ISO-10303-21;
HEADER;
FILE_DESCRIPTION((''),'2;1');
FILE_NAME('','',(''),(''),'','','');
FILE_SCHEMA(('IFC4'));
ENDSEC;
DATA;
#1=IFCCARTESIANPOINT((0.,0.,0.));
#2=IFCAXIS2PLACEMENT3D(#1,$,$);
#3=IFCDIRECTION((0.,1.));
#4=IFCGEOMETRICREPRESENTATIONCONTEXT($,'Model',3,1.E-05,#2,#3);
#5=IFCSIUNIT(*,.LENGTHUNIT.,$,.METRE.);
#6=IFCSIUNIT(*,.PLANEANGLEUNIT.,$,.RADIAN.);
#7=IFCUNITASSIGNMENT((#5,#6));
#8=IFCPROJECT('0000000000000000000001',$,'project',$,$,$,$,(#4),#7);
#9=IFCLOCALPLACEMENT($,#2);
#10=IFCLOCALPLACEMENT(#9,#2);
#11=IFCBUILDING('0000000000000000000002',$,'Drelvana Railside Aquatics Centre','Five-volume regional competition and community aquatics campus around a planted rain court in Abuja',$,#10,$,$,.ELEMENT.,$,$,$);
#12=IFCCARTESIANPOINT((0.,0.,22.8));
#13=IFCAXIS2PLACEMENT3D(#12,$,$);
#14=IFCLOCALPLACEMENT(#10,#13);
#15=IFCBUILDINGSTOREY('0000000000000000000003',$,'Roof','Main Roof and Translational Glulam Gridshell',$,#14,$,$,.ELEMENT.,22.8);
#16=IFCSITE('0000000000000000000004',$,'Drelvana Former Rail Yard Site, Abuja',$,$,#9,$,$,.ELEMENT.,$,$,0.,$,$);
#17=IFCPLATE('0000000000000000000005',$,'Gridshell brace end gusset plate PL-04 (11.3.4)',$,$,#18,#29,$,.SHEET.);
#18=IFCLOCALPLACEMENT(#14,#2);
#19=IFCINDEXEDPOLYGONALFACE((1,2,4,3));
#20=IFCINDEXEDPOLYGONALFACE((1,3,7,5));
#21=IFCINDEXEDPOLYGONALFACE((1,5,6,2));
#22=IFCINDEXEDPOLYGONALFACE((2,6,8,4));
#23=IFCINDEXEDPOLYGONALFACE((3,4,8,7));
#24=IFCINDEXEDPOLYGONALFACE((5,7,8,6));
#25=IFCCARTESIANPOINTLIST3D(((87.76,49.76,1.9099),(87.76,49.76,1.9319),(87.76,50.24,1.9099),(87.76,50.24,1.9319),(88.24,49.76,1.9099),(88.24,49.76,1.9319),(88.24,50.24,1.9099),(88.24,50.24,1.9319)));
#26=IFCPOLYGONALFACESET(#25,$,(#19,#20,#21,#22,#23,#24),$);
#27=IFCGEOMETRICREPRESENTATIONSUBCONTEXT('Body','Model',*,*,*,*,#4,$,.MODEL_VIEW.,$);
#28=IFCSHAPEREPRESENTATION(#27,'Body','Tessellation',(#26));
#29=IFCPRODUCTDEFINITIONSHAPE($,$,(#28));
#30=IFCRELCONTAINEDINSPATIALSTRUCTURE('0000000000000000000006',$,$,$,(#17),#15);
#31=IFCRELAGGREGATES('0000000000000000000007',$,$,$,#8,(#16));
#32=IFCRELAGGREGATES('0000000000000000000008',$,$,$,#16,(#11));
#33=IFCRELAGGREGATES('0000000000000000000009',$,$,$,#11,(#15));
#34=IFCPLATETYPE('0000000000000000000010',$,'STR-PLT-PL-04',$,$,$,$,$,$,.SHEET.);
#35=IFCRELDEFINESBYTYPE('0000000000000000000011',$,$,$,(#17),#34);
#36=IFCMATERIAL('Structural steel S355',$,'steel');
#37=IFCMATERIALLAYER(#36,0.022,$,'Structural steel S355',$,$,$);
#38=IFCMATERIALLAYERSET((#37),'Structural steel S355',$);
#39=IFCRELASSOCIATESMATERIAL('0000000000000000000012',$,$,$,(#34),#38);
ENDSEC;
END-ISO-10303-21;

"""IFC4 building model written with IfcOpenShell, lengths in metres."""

from ifc_helpers import new_model, si_unit, direction, frame, origin, origin_2d, place, context, subcontext, project, spatial, rectangle, extrude, material, layer, layer_set, type_object, element, save


model = new_model("IFC4")

# Units and contexts
model_context = context("Model", 3, precision=1e-05, world=origin(), true_north=direction((0.0, 1.0)))
body_context = subcontext(model_context, "Body", "Model", "MODEL_VIEW")
ifc_project = project(units=[si_unit("LENGTHUNIT", "METRE"), si_unit("PLANEANGLEUNIT", "RADIAN")], contexts=[model_context])

# Site, building, storey
site_placement = place(None, origin())
site = spatial("IfcSite", under=ifc_project, at=site_placement, Name="Drelvana Former Rail Yard Site, Abuja", CompositionType="ELEMENT", RefElevation=0.0)
building_placement = place(site_placement, origin())
building = spatial("IfcBuilding", under=site, at=building_placement, Name="Drelvana Railside Aquatics Centre", Description="Five-volume regional competition and community aquatics campus around a planted rain court in Abuja", CompositionType="ELEMENT")
storey_placement = place(building_placement, frame((0.0, 0.0, 22.8)))
storey = spatial("IfcBuildingStorey", under=building, at=storey_placement, Name="Roof", Description="Main Roof and Translational Glulam Gridshell", CompositionType="ELEMENT", Elevation=22.8)

# Shared definitions
ifc_material_1 = material(Name="Structural steel S355", Category="steel")

# Plate
ifc_layer_1 = layer(ifc_material_1, 0.022, Name="Structural steel S355")
ifc_layer_set_1 = layer_set([ifc_layer_1], Name="Structural steel S355")
plate_type_1 = type_object("IfcPlateType", Name="STR-PLT-PL-04", PredefinedType="SHEET", material=ifc_layer_set_1)
for number, where, z_axis, x_axis, name in (
    (1, (88.0, 50.0, 1.9099), (0.0, 0.0, 1.0), (1.0, 0.0, 0.0), "Gridshell brace end gusset plate PL-04 (11.3.4)"),
):
    element("IfcPlate", number, at=place(storey_placement, frame(where, z_axis=z_axis, x_axis=x_axis)), inside=storey, type_object=plate_type_1, Name=name, PredefinedType="SHEET", context=body_context, shape_type="SweptSolid", body=[
        extrude(rectangle(XDim=0.48, YDim=0.48, at=origin_2d()), origin(), (0.0, 0.0, 1.0), 0.022),
    ])

save(model, "model.ifc")
